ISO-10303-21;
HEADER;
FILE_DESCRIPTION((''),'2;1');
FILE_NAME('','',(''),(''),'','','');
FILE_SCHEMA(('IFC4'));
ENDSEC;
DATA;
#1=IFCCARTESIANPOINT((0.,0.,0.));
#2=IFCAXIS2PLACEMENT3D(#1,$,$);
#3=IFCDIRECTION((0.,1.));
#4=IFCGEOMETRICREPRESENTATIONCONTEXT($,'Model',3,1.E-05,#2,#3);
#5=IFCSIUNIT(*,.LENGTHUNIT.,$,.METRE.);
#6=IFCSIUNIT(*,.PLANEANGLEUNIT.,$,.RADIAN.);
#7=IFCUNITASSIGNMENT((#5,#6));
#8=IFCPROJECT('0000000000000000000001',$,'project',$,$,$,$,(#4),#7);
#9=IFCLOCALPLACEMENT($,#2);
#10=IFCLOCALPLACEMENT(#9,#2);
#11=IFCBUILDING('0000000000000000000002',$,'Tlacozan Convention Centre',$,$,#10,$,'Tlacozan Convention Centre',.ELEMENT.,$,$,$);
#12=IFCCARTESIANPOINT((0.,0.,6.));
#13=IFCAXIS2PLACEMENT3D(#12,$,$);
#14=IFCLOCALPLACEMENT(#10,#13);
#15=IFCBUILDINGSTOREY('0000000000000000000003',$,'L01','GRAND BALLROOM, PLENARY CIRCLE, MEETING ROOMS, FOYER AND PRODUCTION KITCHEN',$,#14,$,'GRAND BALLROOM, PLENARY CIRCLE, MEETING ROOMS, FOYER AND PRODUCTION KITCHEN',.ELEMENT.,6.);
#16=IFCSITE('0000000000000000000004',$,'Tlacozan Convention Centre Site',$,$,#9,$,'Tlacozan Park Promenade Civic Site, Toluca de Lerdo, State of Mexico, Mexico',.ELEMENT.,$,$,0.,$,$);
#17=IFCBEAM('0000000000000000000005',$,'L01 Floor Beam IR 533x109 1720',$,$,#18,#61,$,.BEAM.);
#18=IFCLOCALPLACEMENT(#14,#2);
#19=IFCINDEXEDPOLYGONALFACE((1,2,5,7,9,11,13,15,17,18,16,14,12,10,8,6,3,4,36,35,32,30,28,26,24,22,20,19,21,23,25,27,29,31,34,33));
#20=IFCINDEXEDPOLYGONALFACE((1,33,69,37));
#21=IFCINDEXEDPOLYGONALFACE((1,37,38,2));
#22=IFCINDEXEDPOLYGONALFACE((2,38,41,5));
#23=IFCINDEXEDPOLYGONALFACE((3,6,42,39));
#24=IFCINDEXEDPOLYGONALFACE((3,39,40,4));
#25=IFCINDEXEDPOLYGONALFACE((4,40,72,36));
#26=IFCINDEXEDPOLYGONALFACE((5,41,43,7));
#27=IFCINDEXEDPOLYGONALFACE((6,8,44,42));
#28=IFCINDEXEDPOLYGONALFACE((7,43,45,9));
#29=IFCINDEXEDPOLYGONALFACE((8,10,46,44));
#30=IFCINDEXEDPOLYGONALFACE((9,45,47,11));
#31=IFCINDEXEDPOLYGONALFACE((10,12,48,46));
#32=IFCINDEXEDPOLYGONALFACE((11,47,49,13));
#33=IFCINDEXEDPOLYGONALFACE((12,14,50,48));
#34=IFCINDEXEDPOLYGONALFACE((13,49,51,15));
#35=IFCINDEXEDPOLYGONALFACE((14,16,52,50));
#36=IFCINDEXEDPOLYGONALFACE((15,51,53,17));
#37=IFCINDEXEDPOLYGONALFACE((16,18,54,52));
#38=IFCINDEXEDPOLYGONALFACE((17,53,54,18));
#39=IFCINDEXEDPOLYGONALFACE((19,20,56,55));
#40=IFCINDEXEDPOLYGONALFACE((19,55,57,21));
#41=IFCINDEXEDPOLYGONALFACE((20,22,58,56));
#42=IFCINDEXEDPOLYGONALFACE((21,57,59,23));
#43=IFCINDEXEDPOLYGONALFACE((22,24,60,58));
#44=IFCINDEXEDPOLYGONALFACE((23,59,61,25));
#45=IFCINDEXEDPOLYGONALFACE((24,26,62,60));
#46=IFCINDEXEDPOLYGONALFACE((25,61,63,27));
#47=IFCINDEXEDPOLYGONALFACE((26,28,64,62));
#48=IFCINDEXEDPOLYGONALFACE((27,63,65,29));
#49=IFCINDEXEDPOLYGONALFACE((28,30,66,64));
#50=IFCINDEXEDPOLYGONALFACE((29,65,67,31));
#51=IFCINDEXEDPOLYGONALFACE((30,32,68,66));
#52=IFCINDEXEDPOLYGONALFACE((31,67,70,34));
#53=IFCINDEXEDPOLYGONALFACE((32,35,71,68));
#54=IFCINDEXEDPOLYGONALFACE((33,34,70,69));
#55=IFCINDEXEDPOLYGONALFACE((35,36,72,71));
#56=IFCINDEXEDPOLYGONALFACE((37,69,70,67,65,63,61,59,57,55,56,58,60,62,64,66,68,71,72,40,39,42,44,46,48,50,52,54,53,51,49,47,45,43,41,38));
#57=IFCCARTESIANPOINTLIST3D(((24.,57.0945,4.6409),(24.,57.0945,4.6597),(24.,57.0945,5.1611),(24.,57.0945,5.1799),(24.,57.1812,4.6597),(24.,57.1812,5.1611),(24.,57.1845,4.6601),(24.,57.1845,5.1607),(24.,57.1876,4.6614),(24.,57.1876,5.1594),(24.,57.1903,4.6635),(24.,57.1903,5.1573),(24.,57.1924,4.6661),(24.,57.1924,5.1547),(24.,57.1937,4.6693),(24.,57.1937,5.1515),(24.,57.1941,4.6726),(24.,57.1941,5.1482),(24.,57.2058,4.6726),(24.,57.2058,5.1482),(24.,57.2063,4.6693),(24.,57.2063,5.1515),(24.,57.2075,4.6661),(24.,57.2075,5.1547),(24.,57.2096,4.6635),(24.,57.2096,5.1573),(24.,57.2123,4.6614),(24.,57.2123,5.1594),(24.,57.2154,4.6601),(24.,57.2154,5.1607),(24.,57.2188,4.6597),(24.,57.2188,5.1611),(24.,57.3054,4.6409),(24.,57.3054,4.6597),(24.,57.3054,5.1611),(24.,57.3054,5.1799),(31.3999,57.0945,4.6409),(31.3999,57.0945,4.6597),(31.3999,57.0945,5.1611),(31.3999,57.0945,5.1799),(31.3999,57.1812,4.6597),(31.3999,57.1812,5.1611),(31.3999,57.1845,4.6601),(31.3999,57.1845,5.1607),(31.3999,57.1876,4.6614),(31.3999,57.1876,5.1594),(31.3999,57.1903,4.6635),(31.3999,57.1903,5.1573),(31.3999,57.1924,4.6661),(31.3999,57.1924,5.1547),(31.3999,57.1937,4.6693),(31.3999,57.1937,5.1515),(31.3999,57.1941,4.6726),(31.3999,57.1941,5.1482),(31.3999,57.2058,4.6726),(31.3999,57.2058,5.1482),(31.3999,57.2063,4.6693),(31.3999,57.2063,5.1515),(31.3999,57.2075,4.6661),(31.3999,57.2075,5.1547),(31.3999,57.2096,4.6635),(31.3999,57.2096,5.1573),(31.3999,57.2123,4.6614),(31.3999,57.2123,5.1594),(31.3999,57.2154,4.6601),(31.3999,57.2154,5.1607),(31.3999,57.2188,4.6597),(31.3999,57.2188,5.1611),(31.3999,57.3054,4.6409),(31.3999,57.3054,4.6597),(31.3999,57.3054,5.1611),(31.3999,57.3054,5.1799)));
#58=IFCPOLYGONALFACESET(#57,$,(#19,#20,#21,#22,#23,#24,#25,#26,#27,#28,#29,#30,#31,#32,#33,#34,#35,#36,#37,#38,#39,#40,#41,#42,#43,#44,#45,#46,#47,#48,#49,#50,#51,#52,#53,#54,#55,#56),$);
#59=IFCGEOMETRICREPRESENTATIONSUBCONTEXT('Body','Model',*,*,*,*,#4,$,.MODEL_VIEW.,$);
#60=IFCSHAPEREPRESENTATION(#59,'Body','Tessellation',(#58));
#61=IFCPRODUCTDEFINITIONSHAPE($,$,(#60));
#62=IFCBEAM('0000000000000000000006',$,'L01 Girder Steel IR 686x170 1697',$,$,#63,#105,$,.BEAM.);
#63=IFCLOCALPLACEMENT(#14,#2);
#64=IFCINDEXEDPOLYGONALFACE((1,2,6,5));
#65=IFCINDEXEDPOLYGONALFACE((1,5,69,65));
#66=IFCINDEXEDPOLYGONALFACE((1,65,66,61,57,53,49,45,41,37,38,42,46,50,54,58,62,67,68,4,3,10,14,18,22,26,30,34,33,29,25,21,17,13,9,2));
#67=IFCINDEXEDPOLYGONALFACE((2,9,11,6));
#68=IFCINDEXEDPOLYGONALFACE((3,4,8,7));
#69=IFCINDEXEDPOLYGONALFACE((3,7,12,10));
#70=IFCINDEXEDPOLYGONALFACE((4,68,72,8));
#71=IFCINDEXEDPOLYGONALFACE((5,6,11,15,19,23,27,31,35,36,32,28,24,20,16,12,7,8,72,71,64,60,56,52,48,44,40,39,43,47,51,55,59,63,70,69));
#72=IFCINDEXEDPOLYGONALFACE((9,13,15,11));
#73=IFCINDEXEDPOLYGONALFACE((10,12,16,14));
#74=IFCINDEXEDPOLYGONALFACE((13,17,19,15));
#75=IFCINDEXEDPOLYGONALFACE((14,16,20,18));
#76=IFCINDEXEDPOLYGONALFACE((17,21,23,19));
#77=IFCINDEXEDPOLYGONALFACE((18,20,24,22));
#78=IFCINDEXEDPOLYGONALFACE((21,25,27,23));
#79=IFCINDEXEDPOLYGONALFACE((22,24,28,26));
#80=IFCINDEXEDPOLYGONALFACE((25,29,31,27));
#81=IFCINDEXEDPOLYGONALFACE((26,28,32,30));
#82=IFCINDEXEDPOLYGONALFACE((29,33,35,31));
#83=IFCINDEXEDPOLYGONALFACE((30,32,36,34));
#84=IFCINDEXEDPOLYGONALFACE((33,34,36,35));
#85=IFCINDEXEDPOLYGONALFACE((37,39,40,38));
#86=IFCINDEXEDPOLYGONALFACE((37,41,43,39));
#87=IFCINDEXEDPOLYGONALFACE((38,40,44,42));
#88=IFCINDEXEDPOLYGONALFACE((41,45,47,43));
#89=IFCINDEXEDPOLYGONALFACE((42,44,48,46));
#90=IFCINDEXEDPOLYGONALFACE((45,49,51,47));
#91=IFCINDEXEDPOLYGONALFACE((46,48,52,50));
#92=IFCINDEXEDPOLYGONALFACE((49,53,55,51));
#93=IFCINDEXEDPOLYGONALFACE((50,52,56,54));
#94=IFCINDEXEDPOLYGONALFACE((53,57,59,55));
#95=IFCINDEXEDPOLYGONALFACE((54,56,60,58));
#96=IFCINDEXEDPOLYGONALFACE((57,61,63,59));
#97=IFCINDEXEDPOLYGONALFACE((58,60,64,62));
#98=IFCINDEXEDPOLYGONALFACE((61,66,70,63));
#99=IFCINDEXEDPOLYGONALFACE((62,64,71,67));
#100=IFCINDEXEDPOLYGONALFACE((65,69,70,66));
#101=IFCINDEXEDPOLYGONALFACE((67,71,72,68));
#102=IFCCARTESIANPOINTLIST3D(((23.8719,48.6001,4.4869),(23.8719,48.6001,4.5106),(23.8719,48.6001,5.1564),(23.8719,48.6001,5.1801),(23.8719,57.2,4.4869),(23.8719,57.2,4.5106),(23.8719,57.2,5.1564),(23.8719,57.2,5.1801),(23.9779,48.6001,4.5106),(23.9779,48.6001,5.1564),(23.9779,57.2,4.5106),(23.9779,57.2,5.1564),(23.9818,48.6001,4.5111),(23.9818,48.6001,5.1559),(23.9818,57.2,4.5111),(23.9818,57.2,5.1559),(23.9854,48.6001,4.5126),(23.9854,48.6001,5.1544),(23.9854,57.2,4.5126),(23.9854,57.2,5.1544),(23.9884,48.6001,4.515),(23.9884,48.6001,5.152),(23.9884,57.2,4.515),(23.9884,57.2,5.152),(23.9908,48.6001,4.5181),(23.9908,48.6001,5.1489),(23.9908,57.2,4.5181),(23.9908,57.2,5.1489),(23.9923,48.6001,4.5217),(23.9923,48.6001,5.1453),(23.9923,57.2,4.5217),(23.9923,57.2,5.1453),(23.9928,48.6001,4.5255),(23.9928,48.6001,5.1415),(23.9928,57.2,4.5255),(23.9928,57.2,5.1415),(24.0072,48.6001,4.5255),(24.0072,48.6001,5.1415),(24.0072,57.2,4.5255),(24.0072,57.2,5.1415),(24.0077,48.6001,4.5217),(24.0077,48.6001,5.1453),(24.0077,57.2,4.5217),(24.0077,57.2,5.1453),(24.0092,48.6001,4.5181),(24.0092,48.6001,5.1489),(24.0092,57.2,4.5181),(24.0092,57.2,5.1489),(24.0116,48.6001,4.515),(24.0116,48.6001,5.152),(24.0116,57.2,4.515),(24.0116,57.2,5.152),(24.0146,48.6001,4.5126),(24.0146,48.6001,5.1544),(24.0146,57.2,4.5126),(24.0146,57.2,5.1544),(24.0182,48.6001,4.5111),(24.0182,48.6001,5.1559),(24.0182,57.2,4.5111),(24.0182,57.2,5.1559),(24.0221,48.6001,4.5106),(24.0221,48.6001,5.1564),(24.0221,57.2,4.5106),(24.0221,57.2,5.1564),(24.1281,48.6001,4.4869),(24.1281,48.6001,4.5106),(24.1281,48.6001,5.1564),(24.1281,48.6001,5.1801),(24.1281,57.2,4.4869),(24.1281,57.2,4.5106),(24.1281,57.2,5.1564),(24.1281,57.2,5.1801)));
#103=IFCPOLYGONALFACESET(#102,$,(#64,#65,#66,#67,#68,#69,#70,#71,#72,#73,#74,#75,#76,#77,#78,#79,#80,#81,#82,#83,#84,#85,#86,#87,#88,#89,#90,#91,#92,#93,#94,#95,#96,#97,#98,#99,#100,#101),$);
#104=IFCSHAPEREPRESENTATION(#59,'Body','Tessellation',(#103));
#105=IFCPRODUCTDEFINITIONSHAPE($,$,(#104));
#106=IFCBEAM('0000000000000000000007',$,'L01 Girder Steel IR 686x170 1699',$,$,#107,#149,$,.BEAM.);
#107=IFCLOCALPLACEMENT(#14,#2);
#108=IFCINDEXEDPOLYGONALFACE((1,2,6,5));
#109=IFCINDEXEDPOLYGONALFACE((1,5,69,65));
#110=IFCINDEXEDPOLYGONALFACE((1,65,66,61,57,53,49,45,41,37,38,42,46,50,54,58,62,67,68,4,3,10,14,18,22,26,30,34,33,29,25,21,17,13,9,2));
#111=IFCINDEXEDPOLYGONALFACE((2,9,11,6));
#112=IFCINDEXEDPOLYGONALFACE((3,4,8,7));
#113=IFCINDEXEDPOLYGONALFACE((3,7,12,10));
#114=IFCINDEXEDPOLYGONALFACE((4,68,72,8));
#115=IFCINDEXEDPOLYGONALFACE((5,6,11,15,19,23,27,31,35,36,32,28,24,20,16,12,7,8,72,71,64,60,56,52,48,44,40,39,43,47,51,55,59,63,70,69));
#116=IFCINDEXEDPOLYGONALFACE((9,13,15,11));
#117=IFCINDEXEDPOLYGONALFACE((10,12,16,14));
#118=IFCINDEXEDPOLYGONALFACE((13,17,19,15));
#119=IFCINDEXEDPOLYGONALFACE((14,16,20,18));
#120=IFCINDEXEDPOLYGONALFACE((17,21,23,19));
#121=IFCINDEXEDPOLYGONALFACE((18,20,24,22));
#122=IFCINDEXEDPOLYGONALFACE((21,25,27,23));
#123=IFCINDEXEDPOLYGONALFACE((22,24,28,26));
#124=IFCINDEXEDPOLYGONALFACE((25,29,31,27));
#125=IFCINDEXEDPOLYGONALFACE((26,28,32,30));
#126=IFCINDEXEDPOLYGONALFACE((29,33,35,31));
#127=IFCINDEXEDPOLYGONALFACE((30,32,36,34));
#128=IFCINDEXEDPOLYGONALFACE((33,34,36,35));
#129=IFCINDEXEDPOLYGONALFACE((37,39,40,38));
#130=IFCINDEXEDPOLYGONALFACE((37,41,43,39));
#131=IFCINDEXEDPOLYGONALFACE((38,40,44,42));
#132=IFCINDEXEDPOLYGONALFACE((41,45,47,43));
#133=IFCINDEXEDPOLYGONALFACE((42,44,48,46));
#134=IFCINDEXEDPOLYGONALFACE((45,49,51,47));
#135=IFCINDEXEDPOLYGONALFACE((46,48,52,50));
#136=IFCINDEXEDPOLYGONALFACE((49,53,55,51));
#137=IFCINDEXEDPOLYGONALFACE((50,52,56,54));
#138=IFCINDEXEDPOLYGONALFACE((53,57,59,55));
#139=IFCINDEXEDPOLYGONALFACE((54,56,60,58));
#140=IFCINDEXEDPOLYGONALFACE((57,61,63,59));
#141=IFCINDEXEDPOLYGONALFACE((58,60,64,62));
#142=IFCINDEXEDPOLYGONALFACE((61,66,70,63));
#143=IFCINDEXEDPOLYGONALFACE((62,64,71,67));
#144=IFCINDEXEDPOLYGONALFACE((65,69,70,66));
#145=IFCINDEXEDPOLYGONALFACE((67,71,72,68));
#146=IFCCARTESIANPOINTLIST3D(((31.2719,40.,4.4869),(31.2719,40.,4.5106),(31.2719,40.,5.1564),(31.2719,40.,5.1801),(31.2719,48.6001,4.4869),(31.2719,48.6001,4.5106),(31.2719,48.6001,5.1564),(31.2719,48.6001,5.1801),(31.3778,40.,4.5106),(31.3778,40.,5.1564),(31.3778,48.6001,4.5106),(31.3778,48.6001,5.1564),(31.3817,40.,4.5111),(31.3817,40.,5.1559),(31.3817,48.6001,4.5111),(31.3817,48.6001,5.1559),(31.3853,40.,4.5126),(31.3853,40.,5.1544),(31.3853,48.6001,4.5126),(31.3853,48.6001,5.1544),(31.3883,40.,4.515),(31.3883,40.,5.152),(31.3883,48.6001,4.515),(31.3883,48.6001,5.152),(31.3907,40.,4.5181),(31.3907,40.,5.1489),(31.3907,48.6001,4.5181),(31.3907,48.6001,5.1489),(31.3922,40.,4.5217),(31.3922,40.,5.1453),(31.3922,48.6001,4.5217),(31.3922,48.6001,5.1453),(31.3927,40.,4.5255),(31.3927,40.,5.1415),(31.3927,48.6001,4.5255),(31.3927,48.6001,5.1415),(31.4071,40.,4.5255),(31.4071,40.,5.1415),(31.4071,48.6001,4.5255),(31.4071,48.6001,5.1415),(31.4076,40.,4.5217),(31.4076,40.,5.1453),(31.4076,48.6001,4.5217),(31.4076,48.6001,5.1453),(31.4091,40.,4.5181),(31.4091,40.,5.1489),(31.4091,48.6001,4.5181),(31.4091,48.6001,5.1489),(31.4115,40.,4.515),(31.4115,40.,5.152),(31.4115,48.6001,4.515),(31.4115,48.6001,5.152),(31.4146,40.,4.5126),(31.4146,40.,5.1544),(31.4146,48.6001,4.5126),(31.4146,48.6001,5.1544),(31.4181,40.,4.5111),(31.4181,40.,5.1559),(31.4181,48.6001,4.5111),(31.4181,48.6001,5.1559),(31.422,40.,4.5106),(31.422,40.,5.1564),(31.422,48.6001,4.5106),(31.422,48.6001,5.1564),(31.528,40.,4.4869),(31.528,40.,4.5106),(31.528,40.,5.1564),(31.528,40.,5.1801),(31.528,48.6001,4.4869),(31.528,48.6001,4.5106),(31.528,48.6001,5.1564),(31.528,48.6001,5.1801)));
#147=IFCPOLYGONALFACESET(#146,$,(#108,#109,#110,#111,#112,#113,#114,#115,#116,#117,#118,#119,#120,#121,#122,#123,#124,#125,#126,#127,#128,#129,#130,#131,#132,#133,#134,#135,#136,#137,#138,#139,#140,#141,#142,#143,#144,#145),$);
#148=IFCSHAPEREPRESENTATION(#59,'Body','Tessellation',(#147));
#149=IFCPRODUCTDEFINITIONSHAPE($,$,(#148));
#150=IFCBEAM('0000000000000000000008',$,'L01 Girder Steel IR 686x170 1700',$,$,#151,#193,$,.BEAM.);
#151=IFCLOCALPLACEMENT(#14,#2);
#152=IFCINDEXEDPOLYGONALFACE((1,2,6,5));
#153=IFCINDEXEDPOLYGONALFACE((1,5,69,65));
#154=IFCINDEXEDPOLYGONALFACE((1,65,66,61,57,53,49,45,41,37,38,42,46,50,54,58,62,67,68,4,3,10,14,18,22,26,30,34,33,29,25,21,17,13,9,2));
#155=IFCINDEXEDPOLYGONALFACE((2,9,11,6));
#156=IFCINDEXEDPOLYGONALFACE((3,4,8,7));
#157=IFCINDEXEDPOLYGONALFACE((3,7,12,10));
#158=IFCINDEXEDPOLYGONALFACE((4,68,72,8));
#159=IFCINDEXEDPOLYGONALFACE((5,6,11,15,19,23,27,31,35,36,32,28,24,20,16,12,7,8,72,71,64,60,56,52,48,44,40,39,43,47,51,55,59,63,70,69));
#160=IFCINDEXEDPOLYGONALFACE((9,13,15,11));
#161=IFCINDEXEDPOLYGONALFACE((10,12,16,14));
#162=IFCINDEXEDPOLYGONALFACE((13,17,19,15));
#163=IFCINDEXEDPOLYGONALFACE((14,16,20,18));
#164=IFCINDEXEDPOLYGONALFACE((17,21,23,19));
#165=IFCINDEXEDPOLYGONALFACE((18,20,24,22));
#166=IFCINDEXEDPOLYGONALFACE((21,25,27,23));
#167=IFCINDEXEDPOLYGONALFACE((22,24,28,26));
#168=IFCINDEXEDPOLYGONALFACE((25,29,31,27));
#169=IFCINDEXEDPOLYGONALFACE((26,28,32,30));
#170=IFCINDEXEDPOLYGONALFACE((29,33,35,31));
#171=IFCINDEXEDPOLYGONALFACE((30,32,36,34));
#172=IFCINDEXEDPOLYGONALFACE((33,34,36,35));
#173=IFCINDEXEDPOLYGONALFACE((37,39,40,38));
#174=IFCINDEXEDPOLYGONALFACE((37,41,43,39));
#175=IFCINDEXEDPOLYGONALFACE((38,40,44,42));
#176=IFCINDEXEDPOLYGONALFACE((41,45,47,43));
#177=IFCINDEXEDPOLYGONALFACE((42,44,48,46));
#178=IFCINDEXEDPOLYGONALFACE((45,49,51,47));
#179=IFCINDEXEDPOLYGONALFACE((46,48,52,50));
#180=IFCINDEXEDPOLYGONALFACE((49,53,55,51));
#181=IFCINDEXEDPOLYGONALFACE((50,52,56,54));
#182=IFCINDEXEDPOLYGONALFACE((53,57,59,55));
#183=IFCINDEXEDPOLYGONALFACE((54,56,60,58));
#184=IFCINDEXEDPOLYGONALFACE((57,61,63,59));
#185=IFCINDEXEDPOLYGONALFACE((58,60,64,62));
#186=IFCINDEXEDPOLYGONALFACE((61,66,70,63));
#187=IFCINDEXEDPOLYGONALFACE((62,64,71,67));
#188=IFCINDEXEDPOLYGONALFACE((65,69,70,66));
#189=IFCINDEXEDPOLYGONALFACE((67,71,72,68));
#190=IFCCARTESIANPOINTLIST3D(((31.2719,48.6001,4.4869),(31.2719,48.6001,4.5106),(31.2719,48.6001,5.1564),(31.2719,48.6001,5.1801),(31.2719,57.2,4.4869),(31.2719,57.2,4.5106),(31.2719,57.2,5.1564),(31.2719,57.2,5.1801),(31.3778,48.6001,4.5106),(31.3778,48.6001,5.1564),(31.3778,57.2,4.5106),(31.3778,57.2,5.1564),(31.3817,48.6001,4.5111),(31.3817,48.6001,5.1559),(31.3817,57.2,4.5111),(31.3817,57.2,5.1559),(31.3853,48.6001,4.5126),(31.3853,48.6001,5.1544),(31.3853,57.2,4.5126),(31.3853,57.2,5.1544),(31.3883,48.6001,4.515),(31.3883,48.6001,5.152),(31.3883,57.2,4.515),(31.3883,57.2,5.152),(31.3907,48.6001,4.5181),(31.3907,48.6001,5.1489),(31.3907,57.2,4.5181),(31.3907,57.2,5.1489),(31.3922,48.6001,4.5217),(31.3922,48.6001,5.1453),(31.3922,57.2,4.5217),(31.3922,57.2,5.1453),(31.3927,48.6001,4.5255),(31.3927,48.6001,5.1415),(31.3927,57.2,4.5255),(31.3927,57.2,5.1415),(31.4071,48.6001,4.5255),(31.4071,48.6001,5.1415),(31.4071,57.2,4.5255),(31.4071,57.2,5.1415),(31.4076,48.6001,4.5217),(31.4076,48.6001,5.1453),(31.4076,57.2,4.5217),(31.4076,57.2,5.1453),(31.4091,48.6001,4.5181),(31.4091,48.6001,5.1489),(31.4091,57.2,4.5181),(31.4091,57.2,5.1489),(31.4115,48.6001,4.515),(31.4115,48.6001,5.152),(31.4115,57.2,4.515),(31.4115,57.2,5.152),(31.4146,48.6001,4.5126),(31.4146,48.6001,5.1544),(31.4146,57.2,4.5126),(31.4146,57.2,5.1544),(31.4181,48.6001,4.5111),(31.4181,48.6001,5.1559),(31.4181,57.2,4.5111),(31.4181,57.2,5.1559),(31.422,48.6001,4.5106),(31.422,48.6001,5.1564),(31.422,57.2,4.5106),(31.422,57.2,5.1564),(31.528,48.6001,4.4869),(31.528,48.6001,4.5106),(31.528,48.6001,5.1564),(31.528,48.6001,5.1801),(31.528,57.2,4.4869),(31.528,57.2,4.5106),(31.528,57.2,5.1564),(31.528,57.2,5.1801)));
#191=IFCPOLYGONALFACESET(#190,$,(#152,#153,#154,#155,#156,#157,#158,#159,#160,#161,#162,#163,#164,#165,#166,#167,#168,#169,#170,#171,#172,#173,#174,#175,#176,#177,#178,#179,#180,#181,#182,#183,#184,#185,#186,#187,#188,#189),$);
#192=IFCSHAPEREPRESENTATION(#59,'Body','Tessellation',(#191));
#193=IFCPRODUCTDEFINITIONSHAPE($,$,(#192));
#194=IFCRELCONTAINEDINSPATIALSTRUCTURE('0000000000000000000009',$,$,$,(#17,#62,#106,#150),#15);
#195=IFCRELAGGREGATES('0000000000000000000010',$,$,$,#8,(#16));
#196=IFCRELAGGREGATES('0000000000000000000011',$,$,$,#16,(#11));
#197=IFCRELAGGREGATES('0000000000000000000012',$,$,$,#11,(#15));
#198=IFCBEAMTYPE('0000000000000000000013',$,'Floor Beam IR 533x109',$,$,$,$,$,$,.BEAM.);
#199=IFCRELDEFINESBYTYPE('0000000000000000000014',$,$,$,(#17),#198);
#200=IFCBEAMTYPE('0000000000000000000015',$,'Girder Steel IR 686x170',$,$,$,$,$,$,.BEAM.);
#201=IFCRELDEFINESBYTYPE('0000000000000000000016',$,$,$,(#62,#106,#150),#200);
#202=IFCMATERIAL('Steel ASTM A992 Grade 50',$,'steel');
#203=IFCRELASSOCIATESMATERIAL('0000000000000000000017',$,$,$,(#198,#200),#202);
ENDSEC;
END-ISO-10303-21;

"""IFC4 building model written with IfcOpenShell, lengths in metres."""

from ifc_helpers import new_model, si_unit, direction, frame, origin, origin_2d, place, context, subcontext, project, spatial, i_section, extrude, material, material_profile, profile_set, type_object, element, save


model = new_model("IFC4")

# Units and contexts
model_context = context("Model", 3, precision=1e-05, world=origin(), true_north=direction((0.0, 1.0)))
body_context = subcontext(model_context, "Body", "Model", "MODEL_VIEW")
ifc_project = project(units=[si_unit("LENGTHUNIT", "METRE"), si_unit("PLANEANGLEUNIT", "RADIAN")], contexts=[model_context])

# Site, building, storey
site_placement = place(None, origin())
site = spatial("IfcSite", under=ifc_project, at=site_placement, Name="Tlacozan Convention Centre Site", LongName="Tlacozan Park Promenade Civic Site, Toluca de Lerdo, State of Mexico, Mexico", CompositionType="ELEMENT", RefElevation=0.0)
building_placement = place(site_placement, origin())
building = spatial("IfcBuilding", under=site, at=building_placement, Name="Tlacozan Convention Centre", LongName="Tlacozan Convention Centre", CompositionType="ELEMENT")
storey_placement = place(building_placement, frame((0.0, 0.0, 6.0)))
storey = spatial("IfcBuildingStorey", under=building, at=storey_placement, Name="L01", Description="GRAND BALLROOM, PLENARY CIRCLE, MEETING ROOMS, FOYER AND PRODUCTION KITCHEN", LongName="GRAND BALLROOM, PLENARY CIRCLE, MEETING ROOMS, FOYER AND PRODUCTION KITCHEN", CompositionType="ELEMENT", Elevation=6.0)

# Beams
ifc_material_1 = material(Name="Steel ASTM A992 Grade 50", Category="steel")
ifc_material_profile_1 = material_profile(ifc_material_1, i_section(OverallWidth=0.2109, OverallDepth=0.5391, WebThickness=0.0117, FlangeThickness=0.0188, FilletRadius=0.0129, at=origin_2d()), Name="IR 533x109.0")
ifc_profile_set_1 = profile_set([ifc_material_profile_1], Name="Steel ASTM A992 Grade 50")
beam_type_1 = type_object("IfcBeamType", Name="Floor Beam IR 533x109", PredefinedType="BEAM", material=ifc_profile_set_1)
for number, where, z_axis, x_axis, name in (
    (1, (24.0, 57.2, 4.9104), (1.0, 0.0, 0.0), (0.0, 1.0, 0.0), "L01 Floor Beam IR 533x109 1720"),
):
    element("IfcBeam", number, at=place(storey_placement, frame(where, z_axis=z_axis, x_axis=x_axis)), inside=storey, type_object=beam_type_1, Name=name, PredefinedType="BEAM", context=body_context, shape_type="SweptSolid", body=[
        extrude(i_section(OverallWidth=0.2109, OverallDepth=0.5391, WebThickness=0.0117, FlangeThickness=0.0188, FilletRadius=0.0129, at=origin_2d()), origin(), (0.0, 0.0, 1.0), 7.3999),
    ])
ifc_material_profile_2 = material_profile(ifc_material_1, i_section(OverallWidth=0.2561, OverallDepth=0.6931, WebThickness=0.0144, FlangeThickness=0.0237, FilletRadius=0.0149, at=origin_2d()), Name="IR 686x170.0")
ifc_profile_set_2 = profile_set([ifc_material_profile_2], Name="Steel ASTM A992 Grade 50")
beam_type_2 = type_object("IfcBeamType", Name="Girder Steel IR 686x170", PredefinedType="BEAM", material=ifc_profile_set_2)
beam_1_placement = place(storey_placement, frame((24.0, 48.6001, 4.8335), z_axis=(0.0, 1.0, 0.0), x_axis=(-1.0, 0.0, 0.0)))
element("IfcBeam", 2, at=beam_1_placement, inside=storey, type_object=beam_type_2, Name="L01 Girder Steel IR 686x170 1697", PredefinedType="BEAM", context=body_context, shape_type="SweptSolid", body=[
    extrude(i_section(OverallWidth=0.2561, OverallDepth=0.6931, WebThickness=0.0144, FlangeThickness=0.0237, FilletRadius=0.0149, at=origin_2d()), origin(), (0.0, 0.0, 1.0), 8.5999),
])
beam_2_placement = place(storey_placement, frame((31.3999, 40.0, 4.8335), z_axis=(0.0, 1.0, 0.0), x_axis=(-1.0, 0.0, 0.0)))
element("IfcBeam", 3, at=beam_2_placement, inside=storey, type_object=beam_type_2, Name="L01 Girder Steel IR 686x170 1699", PredefinedType="BEAM", context=body_context, shape_type="SweptSolid", body=[
    extrude(i_section(OverallWidth=0.2561, OverallDepth=0.6931, WebThickness=0.0144, FlangeThickness=0.0237, FilletRadius=0.0149, at=origin_2d()), origin(), (0.0, 0.0, 1.0), 8.6001),
])
beam_3_placement = place(storey_placement, frame((31.3999, 48.6001, 4.8335), z_axis=(0.0, 1.0, 0.0), x_axis=(-1.0, 0.0, 0.0)))
element("IfcBeam", 4, at=beam_3_placement, inside=storey, type_object=beam_type_2, Name="L01 Girder Steel IR 686x170 1700", PredefinedType="BEAM", context=body_context, shape_type="SweptSolid", body=[
    extrude(i_section(OverallWidth=0.2561, OverallDepth=0.6931, WebThickness=0.0144, FlangeThickness=0.0237, FilletRadius=0.0149, at=origin_2d()), origin(), (0.0, 0.0, 1.0), 8.5999),
])

save(model, "model.ifc")
